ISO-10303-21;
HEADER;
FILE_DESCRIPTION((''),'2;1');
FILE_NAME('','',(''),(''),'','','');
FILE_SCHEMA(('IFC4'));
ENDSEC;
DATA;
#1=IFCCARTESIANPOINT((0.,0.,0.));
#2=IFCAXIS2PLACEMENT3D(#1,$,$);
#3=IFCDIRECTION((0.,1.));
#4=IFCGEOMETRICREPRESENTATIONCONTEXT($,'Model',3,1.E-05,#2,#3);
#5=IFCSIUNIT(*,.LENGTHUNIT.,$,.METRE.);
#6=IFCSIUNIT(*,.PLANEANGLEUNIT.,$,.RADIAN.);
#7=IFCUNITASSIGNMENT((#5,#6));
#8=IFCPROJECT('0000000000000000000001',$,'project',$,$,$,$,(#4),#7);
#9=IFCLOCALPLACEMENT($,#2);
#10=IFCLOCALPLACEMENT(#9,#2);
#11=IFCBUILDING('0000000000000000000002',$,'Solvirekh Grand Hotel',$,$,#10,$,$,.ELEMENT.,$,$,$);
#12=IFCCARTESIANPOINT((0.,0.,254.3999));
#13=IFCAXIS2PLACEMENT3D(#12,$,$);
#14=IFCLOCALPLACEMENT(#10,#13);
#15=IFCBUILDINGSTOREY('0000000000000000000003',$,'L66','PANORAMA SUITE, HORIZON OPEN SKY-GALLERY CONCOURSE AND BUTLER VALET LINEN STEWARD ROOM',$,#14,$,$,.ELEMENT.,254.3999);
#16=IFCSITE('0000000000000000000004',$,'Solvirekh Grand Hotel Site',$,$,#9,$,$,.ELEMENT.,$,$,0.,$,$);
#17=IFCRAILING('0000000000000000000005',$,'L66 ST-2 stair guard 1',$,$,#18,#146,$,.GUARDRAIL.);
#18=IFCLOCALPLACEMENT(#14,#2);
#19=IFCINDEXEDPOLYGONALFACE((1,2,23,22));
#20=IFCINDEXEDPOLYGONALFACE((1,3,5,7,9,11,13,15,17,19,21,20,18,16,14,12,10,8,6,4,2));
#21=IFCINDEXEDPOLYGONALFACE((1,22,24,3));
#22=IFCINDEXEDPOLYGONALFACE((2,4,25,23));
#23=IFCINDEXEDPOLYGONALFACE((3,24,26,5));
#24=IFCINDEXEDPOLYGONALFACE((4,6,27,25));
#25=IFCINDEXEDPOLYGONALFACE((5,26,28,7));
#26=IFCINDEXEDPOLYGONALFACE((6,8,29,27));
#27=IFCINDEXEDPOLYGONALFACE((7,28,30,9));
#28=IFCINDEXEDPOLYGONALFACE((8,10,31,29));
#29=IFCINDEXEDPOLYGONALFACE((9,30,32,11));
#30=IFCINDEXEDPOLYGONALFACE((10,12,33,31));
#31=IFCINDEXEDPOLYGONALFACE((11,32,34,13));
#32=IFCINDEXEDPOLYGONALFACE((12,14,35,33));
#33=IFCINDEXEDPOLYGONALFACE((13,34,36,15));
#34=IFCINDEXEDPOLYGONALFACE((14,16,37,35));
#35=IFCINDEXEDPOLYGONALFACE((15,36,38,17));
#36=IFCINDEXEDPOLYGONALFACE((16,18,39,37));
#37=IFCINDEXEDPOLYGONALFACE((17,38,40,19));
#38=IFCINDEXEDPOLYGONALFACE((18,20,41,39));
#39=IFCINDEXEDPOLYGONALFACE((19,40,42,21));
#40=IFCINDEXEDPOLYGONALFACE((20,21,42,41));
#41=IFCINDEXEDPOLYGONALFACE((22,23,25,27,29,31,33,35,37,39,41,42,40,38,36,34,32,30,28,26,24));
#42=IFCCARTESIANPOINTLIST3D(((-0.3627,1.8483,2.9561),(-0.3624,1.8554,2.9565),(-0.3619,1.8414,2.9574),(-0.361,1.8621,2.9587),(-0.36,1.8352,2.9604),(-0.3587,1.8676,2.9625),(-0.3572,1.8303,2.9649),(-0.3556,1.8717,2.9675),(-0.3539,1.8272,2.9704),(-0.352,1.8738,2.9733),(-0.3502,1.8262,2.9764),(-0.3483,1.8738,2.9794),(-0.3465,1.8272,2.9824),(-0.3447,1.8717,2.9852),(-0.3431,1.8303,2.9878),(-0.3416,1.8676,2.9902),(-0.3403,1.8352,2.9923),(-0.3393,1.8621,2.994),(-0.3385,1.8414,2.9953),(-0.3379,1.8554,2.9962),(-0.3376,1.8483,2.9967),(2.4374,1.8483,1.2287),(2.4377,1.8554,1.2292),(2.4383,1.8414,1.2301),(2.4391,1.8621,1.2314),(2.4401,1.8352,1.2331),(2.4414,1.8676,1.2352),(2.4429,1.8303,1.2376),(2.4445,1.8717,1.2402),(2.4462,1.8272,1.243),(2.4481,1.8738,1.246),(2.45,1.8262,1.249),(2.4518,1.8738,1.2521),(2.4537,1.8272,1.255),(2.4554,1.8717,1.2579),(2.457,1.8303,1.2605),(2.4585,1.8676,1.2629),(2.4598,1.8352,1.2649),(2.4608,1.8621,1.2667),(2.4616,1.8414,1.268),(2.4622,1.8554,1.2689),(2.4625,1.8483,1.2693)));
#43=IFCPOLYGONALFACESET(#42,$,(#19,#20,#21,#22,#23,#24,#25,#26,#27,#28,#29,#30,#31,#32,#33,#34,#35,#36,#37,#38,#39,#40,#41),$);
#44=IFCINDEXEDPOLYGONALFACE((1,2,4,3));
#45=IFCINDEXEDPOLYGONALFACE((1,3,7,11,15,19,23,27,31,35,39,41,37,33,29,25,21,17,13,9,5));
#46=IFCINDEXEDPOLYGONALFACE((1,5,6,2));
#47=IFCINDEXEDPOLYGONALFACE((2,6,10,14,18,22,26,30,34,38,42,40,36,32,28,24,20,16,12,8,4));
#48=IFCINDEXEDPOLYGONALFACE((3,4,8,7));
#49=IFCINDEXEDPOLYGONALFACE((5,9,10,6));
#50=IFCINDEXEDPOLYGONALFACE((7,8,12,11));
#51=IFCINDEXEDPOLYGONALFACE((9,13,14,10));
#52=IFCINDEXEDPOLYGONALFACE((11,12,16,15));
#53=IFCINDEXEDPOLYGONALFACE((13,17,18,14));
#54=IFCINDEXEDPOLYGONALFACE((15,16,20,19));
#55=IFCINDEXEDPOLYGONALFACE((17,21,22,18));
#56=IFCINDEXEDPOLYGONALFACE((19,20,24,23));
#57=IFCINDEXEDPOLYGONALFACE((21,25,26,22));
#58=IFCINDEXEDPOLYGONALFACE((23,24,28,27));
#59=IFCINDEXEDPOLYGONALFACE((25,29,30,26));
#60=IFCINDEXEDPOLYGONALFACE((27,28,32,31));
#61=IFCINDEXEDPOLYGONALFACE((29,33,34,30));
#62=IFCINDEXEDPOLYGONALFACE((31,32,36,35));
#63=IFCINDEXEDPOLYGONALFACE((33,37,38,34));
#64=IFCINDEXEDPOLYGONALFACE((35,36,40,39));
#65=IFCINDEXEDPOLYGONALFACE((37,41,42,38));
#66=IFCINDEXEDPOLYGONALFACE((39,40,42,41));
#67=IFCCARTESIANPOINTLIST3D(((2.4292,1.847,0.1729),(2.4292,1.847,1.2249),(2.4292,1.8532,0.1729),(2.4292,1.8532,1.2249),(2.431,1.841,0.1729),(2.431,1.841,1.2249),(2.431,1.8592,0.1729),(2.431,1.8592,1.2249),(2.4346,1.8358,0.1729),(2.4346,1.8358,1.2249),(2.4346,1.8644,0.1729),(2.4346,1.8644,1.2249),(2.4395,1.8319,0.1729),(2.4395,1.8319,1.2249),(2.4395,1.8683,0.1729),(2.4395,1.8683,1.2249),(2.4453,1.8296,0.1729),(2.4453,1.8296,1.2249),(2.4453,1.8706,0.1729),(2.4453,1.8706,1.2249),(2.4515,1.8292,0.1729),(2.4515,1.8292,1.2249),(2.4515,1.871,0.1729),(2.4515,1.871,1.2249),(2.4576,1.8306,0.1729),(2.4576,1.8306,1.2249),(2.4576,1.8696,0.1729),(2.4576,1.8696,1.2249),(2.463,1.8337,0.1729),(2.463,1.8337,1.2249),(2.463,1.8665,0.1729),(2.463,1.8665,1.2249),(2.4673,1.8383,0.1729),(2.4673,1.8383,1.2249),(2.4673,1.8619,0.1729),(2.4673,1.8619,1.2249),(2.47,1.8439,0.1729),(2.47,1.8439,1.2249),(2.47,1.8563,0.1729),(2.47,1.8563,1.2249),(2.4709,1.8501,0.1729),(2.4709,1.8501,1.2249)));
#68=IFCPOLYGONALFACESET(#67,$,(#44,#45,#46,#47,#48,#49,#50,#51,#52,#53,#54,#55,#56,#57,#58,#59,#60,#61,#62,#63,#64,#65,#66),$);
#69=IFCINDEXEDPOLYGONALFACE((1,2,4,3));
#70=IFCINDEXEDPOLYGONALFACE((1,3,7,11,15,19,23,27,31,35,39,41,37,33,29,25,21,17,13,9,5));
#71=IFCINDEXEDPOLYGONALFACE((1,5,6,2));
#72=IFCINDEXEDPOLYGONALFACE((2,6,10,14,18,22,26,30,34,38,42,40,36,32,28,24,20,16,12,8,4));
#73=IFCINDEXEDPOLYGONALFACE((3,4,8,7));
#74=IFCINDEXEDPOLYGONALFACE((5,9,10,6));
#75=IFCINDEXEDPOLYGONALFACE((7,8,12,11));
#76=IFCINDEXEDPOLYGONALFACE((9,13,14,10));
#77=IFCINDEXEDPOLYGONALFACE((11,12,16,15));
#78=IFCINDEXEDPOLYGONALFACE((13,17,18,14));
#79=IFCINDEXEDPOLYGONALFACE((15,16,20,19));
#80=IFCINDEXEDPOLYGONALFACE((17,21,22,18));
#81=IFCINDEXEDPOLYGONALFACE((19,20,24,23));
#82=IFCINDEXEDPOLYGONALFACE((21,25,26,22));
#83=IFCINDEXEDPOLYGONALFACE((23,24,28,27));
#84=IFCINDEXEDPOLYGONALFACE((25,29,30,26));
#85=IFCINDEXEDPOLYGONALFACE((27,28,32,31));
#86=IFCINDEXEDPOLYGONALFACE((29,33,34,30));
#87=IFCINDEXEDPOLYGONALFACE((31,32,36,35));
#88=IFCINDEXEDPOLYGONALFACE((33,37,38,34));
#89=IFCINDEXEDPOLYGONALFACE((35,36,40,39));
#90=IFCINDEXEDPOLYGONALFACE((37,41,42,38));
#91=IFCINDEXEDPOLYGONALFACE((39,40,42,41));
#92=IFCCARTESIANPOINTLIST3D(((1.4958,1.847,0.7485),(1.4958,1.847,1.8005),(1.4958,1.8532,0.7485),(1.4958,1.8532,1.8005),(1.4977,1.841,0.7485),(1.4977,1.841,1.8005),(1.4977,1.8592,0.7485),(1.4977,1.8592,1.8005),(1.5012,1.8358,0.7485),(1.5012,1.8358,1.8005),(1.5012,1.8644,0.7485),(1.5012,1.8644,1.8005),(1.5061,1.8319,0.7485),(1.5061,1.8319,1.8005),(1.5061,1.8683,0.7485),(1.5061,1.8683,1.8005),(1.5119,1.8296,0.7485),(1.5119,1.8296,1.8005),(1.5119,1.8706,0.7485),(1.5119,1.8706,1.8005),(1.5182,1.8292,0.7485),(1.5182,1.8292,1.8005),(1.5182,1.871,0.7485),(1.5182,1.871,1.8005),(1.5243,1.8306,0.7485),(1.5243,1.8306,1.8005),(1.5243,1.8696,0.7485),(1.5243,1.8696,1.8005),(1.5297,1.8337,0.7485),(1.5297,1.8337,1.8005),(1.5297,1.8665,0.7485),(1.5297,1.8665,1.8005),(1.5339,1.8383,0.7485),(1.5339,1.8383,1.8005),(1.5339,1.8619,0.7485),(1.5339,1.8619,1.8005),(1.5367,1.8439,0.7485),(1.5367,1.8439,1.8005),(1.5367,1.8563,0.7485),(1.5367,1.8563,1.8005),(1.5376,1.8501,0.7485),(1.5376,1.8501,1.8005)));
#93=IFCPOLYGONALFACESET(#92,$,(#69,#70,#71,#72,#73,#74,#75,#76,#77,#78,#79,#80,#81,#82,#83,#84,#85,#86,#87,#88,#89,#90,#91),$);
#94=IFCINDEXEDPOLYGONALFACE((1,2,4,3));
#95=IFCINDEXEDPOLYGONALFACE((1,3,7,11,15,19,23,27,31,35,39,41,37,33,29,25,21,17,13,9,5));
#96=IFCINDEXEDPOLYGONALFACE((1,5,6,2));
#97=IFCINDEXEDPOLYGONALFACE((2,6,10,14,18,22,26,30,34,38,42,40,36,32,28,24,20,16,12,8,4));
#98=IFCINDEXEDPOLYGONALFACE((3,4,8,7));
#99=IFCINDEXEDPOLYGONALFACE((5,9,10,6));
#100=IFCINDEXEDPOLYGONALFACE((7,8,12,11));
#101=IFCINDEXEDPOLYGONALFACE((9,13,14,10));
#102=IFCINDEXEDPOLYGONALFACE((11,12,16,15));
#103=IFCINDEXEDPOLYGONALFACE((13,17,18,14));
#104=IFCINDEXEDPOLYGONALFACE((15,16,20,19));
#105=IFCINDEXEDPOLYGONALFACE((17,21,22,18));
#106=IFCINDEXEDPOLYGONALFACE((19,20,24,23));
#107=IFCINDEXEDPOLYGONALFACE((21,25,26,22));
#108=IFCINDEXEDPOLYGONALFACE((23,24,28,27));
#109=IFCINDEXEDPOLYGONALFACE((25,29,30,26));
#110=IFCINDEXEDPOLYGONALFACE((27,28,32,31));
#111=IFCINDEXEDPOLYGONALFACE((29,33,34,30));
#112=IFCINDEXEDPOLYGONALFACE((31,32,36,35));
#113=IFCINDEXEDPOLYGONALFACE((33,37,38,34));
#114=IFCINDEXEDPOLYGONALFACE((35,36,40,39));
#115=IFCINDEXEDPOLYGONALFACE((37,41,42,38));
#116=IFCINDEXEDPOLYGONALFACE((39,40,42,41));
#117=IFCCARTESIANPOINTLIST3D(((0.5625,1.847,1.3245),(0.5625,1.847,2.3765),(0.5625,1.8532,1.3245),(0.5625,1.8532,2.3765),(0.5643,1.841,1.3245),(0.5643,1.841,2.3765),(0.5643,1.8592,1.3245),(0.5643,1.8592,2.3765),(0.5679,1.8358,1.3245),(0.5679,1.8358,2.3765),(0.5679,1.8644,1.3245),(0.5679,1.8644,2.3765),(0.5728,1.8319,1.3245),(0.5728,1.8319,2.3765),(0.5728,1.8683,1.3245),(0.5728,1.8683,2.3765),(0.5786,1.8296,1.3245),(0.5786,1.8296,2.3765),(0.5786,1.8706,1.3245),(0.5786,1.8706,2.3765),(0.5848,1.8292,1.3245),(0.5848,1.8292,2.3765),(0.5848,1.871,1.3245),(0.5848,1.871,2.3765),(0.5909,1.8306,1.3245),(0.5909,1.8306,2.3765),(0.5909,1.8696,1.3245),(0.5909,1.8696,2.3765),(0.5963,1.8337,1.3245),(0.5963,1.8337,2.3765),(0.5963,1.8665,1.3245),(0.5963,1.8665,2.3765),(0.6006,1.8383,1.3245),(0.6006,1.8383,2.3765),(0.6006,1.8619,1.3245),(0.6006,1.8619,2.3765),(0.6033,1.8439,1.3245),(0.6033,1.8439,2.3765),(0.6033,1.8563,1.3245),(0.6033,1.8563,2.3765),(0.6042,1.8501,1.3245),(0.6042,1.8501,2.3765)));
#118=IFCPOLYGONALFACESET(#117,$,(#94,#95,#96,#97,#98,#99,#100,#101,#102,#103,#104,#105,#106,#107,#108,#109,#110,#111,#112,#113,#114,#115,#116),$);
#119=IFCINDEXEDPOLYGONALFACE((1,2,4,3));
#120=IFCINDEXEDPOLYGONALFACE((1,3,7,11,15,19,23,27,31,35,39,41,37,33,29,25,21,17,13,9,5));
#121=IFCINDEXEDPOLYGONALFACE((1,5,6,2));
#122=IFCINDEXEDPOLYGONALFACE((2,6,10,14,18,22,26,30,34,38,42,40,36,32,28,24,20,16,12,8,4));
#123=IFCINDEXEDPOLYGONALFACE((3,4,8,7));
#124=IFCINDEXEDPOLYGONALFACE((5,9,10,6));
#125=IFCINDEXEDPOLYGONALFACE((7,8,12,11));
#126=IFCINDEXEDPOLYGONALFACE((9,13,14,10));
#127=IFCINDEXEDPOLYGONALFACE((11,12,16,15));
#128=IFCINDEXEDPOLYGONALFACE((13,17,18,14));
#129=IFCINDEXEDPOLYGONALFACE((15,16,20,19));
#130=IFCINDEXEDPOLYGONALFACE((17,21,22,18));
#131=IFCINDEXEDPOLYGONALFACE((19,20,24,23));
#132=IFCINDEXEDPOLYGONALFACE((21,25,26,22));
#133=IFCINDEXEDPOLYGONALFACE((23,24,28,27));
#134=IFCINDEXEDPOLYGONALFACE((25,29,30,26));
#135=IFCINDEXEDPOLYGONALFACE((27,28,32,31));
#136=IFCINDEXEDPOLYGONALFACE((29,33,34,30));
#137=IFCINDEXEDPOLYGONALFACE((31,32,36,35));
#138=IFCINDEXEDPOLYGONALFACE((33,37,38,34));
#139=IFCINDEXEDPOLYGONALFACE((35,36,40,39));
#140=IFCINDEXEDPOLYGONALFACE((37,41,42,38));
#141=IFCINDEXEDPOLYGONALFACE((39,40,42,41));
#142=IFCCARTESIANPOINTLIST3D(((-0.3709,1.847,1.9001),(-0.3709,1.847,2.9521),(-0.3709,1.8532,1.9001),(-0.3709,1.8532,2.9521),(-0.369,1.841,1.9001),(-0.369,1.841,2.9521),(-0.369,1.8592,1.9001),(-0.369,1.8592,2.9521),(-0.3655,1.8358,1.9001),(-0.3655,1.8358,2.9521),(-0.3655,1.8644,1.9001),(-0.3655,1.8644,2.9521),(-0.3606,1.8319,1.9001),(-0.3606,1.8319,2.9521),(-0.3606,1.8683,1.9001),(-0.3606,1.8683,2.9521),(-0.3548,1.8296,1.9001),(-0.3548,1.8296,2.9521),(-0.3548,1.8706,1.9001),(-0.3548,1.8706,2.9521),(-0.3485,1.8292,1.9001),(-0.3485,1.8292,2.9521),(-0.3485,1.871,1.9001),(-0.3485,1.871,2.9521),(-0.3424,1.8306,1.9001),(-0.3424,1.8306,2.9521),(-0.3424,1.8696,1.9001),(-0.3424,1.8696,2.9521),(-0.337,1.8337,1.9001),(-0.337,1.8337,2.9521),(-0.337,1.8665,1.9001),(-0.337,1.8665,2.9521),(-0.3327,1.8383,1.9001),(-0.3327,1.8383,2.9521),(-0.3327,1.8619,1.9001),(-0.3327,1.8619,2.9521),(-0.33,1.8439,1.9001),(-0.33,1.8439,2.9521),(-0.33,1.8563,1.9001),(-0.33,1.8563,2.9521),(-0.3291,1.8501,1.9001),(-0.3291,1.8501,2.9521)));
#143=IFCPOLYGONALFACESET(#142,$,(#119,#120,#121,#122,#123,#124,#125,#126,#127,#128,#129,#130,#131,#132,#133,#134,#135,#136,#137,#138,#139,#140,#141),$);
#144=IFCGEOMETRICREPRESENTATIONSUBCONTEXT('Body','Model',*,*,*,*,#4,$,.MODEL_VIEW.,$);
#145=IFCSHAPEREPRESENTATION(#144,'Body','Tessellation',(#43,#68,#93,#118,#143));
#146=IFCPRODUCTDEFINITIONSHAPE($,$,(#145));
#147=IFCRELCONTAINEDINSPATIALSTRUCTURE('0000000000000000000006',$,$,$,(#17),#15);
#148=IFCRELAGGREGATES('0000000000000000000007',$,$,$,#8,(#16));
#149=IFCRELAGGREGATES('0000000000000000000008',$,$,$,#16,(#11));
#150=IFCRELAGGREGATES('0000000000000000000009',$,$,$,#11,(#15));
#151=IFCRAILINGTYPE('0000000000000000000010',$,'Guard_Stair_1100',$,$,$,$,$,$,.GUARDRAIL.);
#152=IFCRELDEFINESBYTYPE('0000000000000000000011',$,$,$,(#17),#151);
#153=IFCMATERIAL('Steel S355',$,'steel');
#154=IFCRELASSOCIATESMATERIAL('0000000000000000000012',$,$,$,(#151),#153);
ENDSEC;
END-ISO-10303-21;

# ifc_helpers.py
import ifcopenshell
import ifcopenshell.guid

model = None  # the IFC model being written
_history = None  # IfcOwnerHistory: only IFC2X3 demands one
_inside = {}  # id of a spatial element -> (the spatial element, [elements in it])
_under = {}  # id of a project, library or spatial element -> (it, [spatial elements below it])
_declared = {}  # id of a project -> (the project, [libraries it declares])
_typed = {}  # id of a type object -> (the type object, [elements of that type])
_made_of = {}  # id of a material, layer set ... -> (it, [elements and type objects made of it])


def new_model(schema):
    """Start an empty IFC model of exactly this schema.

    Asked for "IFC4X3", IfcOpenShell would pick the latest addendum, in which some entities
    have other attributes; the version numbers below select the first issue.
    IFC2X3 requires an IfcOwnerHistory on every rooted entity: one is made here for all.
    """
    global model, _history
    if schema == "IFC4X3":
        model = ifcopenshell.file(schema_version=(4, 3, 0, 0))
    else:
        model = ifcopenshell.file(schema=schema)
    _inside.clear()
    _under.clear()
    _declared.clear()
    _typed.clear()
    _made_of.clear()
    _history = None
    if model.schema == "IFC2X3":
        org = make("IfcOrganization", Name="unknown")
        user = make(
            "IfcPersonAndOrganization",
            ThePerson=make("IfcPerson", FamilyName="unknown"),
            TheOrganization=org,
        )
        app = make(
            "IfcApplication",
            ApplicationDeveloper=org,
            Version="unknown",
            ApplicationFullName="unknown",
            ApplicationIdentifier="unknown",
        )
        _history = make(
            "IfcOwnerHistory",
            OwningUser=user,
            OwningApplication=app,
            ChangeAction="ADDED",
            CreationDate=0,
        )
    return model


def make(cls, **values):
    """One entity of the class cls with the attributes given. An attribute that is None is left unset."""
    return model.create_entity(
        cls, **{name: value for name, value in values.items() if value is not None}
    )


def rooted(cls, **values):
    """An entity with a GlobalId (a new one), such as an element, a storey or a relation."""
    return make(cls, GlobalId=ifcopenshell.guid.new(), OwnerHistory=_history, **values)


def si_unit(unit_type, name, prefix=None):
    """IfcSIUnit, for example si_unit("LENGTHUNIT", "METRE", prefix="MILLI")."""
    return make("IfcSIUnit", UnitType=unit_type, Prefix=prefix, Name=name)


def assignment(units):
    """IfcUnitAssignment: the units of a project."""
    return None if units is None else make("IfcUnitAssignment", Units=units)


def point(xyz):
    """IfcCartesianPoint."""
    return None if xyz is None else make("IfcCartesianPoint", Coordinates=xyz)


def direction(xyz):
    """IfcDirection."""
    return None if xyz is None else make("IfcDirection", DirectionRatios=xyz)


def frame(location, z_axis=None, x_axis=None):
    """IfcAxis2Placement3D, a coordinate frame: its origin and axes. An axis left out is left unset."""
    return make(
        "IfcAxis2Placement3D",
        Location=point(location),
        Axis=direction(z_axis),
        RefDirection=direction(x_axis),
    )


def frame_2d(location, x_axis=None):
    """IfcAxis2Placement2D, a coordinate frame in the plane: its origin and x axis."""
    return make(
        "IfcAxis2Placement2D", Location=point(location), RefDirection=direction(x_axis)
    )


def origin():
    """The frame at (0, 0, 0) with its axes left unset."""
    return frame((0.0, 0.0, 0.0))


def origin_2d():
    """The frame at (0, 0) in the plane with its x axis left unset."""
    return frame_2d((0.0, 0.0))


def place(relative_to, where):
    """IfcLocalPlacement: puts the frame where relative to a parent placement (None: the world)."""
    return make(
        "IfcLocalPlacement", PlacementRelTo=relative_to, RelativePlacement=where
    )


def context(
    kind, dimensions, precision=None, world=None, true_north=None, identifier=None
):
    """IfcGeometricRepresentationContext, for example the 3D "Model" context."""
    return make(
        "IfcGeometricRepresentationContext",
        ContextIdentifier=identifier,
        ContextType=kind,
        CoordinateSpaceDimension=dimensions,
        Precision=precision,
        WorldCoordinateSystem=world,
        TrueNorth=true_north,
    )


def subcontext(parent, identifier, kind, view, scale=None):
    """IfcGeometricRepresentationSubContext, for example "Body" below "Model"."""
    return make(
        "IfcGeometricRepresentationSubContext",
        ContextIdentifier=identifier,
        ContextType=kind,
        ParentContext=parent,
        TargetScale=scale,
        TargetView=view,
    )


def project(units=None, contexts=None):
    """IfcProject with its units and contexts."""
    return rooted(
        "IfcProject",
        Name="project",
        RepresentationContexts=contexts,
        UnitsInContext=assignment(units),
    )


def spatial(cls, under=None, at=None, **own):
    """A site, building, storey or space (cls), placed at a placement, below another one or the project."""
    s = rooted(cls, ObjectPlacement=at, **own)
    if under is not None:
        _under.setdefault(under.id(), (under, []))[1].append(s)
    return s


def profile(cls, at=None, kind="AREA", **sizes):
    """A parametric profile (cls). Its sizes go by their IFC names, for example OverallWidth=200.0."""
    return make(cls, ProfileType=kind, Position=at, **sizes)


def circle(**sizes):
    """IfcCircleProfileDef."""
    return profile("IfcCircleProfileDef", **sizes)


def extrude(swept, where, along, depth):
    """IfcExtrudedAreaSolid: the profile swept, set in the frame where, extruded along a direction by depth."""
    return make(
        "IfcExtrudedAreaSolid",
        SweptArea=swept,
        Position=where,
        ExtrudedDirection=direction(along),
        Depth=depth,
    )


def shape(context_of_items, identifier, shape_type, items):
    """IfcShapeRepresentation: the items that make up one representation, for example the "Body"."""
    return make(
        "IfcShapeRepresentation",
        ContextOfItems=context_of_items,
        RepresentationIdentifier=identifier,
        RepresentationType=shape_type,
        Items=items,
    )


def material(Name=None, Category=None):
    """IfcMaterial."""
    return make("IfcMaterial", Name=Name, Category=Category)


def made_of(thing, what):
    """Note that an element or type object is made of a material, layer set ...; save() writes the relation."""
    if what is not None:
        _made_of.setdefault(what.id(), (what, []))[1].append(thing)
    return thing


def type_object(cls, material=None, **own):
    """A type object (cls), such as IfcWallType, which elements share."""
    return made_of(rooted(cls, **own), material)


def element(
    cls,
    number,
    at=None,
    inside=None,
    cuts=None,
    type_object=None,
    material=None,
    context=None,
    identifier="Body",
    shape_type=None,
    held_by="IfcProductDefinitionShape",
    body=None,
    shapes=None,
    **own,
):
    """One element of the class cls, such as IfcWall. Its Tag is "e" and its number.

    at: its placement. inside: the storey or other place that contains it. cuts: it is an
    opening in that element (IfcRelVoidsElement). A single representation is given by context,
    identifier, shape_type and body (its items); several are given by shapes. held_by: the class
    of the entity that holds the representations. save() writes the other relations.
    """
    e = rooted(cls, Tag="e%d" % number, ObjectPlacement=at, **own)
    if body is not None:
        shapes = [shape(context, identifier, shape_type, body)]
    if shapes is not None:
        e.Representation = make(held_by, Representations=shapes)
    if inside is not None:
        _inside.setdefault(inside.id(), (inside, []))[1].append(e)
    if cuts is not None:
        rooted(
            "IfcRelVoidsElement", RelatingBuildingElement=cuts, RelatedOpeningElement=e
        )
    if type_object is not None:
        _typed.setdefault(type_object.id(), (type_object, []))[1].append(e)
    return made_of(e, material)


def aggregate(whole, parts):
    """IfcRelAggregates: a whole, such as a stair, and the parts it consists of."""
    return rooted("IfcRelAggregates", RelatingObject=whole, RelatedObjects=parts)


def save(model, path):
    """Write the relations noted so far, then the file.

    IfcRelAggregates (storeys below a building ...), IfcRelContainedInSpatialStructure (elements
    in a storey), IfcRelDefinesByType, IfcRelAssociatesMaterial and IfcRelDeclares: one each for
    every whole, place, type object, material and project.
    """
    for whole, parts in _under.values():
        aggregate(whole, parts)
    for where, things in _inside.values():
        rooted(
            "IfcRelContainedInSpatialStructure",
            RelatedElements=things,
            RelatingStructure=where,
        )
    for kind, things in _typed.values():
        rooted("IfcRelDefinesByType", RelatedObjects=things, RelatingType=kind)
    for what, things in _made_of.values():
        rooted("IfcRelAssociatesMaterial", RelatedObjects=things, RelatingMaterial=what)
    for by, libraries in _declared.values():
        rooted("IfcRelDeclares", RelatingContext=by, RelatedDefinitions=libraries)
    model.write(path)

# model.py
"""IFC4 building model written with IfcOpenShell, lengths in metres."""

from ifc_helpers import new_model, si_unit, direction, frame, origin, origin_2d, place, context, subcontext, project, spatial, circle, extrude, material, type_object, element, save


model = new_model("IFC4")

# Units and contexts
model_context = context("Model", 3, precision=1e-05, world=origin(), true_north=direction((0.0, 1.0)))
body_context = subcontext(model_context, "Body", "Model", "MODEL_VIEW")
ifc_project = project(units=[si_unit("LENGTHUNIT", "METRE"), si_unit("PLANEANGLEUNIT", "RADIAN")], contexts=[model_context])

# Site, building, storey
site_placement = place(None, origin())
site = spatial("IfcSite", under=ifc_project, at=site_placement, Name="Solvirekh Grand Hotel Site", CompositionType="ELEMENT", RefElevation=0.0)
building_placement = place(site_placement, origin())
building = spatial("IfcBuilding", under=site, at=building_placement, Name="Solvirekh Grand Hotel", CompositionType="ELEMENT")
storey_placement = place(building_placement, frame((0.0, 0.0, 254.3999)))
storey = spatial("IfcBuildingStorey", under=building, at=storey_placement, Name="L66", Description="PANORAMA SUITE, HORIZON OPEN SKY-GALLERY CONCOURSE AND BUTLER VALET LINEN STEWARD ROOM", CompositionType="ELEMENT", Elevation=254.3999)

# Shared definitions
ifc_material_1 = material(Name="Steel S355", Category="steel")

# Railing
railing_type_1 = type_object("IfcRailingType", Name="Guard_Stair_1100", PredefinedType="GUARDRAIL", material=ifc_material_1)
railing_1_placement = place(storey_placement, frame((2.45, 1.8501, 0.1729)))
element("IfcRailing", 1, at=railing_1_placement, inside=storey, type_object=railing_type_1, Name="L66 ST-2 stair guard 1", PredefinedType="GUARDRAIL", context=body_context, shape_type="SweptSolid", body=[
    extrude(circle(Radius=0.0239, at=origin_2d()), frame((0.0, 0.0, 1.0762), z_axis=(-0.85109, 0.0, 0.52502), x_axis=(0.0, -1.0, 0.0)), (0.0, 0.0, 1.0), 3.29),
    extrude(circle(Radius=0.021, at=origin_2d()), origin(), (0.0, 0.0, 1.0), 1.052),
    extrude(circle(Radius=0.021, at=origin_2d()), frame((-0.9333, 0.0, 0.5757)), (0.0, 0.0, 1.0), 1.052),
    extrude(circle(Radius=0.021, at=origin_2d()), frame((-1.8667, 0.0, 1.1516)), (0.0, 0.0, 1.0), 1.052),
    extrude(circle(Radius=0.021, at=origin_2d()), frame((-2.8, 0.0, 1.7273)), (0.0, 0.0, 1.0), 1.052),
])

save(model, "model.ifc")
